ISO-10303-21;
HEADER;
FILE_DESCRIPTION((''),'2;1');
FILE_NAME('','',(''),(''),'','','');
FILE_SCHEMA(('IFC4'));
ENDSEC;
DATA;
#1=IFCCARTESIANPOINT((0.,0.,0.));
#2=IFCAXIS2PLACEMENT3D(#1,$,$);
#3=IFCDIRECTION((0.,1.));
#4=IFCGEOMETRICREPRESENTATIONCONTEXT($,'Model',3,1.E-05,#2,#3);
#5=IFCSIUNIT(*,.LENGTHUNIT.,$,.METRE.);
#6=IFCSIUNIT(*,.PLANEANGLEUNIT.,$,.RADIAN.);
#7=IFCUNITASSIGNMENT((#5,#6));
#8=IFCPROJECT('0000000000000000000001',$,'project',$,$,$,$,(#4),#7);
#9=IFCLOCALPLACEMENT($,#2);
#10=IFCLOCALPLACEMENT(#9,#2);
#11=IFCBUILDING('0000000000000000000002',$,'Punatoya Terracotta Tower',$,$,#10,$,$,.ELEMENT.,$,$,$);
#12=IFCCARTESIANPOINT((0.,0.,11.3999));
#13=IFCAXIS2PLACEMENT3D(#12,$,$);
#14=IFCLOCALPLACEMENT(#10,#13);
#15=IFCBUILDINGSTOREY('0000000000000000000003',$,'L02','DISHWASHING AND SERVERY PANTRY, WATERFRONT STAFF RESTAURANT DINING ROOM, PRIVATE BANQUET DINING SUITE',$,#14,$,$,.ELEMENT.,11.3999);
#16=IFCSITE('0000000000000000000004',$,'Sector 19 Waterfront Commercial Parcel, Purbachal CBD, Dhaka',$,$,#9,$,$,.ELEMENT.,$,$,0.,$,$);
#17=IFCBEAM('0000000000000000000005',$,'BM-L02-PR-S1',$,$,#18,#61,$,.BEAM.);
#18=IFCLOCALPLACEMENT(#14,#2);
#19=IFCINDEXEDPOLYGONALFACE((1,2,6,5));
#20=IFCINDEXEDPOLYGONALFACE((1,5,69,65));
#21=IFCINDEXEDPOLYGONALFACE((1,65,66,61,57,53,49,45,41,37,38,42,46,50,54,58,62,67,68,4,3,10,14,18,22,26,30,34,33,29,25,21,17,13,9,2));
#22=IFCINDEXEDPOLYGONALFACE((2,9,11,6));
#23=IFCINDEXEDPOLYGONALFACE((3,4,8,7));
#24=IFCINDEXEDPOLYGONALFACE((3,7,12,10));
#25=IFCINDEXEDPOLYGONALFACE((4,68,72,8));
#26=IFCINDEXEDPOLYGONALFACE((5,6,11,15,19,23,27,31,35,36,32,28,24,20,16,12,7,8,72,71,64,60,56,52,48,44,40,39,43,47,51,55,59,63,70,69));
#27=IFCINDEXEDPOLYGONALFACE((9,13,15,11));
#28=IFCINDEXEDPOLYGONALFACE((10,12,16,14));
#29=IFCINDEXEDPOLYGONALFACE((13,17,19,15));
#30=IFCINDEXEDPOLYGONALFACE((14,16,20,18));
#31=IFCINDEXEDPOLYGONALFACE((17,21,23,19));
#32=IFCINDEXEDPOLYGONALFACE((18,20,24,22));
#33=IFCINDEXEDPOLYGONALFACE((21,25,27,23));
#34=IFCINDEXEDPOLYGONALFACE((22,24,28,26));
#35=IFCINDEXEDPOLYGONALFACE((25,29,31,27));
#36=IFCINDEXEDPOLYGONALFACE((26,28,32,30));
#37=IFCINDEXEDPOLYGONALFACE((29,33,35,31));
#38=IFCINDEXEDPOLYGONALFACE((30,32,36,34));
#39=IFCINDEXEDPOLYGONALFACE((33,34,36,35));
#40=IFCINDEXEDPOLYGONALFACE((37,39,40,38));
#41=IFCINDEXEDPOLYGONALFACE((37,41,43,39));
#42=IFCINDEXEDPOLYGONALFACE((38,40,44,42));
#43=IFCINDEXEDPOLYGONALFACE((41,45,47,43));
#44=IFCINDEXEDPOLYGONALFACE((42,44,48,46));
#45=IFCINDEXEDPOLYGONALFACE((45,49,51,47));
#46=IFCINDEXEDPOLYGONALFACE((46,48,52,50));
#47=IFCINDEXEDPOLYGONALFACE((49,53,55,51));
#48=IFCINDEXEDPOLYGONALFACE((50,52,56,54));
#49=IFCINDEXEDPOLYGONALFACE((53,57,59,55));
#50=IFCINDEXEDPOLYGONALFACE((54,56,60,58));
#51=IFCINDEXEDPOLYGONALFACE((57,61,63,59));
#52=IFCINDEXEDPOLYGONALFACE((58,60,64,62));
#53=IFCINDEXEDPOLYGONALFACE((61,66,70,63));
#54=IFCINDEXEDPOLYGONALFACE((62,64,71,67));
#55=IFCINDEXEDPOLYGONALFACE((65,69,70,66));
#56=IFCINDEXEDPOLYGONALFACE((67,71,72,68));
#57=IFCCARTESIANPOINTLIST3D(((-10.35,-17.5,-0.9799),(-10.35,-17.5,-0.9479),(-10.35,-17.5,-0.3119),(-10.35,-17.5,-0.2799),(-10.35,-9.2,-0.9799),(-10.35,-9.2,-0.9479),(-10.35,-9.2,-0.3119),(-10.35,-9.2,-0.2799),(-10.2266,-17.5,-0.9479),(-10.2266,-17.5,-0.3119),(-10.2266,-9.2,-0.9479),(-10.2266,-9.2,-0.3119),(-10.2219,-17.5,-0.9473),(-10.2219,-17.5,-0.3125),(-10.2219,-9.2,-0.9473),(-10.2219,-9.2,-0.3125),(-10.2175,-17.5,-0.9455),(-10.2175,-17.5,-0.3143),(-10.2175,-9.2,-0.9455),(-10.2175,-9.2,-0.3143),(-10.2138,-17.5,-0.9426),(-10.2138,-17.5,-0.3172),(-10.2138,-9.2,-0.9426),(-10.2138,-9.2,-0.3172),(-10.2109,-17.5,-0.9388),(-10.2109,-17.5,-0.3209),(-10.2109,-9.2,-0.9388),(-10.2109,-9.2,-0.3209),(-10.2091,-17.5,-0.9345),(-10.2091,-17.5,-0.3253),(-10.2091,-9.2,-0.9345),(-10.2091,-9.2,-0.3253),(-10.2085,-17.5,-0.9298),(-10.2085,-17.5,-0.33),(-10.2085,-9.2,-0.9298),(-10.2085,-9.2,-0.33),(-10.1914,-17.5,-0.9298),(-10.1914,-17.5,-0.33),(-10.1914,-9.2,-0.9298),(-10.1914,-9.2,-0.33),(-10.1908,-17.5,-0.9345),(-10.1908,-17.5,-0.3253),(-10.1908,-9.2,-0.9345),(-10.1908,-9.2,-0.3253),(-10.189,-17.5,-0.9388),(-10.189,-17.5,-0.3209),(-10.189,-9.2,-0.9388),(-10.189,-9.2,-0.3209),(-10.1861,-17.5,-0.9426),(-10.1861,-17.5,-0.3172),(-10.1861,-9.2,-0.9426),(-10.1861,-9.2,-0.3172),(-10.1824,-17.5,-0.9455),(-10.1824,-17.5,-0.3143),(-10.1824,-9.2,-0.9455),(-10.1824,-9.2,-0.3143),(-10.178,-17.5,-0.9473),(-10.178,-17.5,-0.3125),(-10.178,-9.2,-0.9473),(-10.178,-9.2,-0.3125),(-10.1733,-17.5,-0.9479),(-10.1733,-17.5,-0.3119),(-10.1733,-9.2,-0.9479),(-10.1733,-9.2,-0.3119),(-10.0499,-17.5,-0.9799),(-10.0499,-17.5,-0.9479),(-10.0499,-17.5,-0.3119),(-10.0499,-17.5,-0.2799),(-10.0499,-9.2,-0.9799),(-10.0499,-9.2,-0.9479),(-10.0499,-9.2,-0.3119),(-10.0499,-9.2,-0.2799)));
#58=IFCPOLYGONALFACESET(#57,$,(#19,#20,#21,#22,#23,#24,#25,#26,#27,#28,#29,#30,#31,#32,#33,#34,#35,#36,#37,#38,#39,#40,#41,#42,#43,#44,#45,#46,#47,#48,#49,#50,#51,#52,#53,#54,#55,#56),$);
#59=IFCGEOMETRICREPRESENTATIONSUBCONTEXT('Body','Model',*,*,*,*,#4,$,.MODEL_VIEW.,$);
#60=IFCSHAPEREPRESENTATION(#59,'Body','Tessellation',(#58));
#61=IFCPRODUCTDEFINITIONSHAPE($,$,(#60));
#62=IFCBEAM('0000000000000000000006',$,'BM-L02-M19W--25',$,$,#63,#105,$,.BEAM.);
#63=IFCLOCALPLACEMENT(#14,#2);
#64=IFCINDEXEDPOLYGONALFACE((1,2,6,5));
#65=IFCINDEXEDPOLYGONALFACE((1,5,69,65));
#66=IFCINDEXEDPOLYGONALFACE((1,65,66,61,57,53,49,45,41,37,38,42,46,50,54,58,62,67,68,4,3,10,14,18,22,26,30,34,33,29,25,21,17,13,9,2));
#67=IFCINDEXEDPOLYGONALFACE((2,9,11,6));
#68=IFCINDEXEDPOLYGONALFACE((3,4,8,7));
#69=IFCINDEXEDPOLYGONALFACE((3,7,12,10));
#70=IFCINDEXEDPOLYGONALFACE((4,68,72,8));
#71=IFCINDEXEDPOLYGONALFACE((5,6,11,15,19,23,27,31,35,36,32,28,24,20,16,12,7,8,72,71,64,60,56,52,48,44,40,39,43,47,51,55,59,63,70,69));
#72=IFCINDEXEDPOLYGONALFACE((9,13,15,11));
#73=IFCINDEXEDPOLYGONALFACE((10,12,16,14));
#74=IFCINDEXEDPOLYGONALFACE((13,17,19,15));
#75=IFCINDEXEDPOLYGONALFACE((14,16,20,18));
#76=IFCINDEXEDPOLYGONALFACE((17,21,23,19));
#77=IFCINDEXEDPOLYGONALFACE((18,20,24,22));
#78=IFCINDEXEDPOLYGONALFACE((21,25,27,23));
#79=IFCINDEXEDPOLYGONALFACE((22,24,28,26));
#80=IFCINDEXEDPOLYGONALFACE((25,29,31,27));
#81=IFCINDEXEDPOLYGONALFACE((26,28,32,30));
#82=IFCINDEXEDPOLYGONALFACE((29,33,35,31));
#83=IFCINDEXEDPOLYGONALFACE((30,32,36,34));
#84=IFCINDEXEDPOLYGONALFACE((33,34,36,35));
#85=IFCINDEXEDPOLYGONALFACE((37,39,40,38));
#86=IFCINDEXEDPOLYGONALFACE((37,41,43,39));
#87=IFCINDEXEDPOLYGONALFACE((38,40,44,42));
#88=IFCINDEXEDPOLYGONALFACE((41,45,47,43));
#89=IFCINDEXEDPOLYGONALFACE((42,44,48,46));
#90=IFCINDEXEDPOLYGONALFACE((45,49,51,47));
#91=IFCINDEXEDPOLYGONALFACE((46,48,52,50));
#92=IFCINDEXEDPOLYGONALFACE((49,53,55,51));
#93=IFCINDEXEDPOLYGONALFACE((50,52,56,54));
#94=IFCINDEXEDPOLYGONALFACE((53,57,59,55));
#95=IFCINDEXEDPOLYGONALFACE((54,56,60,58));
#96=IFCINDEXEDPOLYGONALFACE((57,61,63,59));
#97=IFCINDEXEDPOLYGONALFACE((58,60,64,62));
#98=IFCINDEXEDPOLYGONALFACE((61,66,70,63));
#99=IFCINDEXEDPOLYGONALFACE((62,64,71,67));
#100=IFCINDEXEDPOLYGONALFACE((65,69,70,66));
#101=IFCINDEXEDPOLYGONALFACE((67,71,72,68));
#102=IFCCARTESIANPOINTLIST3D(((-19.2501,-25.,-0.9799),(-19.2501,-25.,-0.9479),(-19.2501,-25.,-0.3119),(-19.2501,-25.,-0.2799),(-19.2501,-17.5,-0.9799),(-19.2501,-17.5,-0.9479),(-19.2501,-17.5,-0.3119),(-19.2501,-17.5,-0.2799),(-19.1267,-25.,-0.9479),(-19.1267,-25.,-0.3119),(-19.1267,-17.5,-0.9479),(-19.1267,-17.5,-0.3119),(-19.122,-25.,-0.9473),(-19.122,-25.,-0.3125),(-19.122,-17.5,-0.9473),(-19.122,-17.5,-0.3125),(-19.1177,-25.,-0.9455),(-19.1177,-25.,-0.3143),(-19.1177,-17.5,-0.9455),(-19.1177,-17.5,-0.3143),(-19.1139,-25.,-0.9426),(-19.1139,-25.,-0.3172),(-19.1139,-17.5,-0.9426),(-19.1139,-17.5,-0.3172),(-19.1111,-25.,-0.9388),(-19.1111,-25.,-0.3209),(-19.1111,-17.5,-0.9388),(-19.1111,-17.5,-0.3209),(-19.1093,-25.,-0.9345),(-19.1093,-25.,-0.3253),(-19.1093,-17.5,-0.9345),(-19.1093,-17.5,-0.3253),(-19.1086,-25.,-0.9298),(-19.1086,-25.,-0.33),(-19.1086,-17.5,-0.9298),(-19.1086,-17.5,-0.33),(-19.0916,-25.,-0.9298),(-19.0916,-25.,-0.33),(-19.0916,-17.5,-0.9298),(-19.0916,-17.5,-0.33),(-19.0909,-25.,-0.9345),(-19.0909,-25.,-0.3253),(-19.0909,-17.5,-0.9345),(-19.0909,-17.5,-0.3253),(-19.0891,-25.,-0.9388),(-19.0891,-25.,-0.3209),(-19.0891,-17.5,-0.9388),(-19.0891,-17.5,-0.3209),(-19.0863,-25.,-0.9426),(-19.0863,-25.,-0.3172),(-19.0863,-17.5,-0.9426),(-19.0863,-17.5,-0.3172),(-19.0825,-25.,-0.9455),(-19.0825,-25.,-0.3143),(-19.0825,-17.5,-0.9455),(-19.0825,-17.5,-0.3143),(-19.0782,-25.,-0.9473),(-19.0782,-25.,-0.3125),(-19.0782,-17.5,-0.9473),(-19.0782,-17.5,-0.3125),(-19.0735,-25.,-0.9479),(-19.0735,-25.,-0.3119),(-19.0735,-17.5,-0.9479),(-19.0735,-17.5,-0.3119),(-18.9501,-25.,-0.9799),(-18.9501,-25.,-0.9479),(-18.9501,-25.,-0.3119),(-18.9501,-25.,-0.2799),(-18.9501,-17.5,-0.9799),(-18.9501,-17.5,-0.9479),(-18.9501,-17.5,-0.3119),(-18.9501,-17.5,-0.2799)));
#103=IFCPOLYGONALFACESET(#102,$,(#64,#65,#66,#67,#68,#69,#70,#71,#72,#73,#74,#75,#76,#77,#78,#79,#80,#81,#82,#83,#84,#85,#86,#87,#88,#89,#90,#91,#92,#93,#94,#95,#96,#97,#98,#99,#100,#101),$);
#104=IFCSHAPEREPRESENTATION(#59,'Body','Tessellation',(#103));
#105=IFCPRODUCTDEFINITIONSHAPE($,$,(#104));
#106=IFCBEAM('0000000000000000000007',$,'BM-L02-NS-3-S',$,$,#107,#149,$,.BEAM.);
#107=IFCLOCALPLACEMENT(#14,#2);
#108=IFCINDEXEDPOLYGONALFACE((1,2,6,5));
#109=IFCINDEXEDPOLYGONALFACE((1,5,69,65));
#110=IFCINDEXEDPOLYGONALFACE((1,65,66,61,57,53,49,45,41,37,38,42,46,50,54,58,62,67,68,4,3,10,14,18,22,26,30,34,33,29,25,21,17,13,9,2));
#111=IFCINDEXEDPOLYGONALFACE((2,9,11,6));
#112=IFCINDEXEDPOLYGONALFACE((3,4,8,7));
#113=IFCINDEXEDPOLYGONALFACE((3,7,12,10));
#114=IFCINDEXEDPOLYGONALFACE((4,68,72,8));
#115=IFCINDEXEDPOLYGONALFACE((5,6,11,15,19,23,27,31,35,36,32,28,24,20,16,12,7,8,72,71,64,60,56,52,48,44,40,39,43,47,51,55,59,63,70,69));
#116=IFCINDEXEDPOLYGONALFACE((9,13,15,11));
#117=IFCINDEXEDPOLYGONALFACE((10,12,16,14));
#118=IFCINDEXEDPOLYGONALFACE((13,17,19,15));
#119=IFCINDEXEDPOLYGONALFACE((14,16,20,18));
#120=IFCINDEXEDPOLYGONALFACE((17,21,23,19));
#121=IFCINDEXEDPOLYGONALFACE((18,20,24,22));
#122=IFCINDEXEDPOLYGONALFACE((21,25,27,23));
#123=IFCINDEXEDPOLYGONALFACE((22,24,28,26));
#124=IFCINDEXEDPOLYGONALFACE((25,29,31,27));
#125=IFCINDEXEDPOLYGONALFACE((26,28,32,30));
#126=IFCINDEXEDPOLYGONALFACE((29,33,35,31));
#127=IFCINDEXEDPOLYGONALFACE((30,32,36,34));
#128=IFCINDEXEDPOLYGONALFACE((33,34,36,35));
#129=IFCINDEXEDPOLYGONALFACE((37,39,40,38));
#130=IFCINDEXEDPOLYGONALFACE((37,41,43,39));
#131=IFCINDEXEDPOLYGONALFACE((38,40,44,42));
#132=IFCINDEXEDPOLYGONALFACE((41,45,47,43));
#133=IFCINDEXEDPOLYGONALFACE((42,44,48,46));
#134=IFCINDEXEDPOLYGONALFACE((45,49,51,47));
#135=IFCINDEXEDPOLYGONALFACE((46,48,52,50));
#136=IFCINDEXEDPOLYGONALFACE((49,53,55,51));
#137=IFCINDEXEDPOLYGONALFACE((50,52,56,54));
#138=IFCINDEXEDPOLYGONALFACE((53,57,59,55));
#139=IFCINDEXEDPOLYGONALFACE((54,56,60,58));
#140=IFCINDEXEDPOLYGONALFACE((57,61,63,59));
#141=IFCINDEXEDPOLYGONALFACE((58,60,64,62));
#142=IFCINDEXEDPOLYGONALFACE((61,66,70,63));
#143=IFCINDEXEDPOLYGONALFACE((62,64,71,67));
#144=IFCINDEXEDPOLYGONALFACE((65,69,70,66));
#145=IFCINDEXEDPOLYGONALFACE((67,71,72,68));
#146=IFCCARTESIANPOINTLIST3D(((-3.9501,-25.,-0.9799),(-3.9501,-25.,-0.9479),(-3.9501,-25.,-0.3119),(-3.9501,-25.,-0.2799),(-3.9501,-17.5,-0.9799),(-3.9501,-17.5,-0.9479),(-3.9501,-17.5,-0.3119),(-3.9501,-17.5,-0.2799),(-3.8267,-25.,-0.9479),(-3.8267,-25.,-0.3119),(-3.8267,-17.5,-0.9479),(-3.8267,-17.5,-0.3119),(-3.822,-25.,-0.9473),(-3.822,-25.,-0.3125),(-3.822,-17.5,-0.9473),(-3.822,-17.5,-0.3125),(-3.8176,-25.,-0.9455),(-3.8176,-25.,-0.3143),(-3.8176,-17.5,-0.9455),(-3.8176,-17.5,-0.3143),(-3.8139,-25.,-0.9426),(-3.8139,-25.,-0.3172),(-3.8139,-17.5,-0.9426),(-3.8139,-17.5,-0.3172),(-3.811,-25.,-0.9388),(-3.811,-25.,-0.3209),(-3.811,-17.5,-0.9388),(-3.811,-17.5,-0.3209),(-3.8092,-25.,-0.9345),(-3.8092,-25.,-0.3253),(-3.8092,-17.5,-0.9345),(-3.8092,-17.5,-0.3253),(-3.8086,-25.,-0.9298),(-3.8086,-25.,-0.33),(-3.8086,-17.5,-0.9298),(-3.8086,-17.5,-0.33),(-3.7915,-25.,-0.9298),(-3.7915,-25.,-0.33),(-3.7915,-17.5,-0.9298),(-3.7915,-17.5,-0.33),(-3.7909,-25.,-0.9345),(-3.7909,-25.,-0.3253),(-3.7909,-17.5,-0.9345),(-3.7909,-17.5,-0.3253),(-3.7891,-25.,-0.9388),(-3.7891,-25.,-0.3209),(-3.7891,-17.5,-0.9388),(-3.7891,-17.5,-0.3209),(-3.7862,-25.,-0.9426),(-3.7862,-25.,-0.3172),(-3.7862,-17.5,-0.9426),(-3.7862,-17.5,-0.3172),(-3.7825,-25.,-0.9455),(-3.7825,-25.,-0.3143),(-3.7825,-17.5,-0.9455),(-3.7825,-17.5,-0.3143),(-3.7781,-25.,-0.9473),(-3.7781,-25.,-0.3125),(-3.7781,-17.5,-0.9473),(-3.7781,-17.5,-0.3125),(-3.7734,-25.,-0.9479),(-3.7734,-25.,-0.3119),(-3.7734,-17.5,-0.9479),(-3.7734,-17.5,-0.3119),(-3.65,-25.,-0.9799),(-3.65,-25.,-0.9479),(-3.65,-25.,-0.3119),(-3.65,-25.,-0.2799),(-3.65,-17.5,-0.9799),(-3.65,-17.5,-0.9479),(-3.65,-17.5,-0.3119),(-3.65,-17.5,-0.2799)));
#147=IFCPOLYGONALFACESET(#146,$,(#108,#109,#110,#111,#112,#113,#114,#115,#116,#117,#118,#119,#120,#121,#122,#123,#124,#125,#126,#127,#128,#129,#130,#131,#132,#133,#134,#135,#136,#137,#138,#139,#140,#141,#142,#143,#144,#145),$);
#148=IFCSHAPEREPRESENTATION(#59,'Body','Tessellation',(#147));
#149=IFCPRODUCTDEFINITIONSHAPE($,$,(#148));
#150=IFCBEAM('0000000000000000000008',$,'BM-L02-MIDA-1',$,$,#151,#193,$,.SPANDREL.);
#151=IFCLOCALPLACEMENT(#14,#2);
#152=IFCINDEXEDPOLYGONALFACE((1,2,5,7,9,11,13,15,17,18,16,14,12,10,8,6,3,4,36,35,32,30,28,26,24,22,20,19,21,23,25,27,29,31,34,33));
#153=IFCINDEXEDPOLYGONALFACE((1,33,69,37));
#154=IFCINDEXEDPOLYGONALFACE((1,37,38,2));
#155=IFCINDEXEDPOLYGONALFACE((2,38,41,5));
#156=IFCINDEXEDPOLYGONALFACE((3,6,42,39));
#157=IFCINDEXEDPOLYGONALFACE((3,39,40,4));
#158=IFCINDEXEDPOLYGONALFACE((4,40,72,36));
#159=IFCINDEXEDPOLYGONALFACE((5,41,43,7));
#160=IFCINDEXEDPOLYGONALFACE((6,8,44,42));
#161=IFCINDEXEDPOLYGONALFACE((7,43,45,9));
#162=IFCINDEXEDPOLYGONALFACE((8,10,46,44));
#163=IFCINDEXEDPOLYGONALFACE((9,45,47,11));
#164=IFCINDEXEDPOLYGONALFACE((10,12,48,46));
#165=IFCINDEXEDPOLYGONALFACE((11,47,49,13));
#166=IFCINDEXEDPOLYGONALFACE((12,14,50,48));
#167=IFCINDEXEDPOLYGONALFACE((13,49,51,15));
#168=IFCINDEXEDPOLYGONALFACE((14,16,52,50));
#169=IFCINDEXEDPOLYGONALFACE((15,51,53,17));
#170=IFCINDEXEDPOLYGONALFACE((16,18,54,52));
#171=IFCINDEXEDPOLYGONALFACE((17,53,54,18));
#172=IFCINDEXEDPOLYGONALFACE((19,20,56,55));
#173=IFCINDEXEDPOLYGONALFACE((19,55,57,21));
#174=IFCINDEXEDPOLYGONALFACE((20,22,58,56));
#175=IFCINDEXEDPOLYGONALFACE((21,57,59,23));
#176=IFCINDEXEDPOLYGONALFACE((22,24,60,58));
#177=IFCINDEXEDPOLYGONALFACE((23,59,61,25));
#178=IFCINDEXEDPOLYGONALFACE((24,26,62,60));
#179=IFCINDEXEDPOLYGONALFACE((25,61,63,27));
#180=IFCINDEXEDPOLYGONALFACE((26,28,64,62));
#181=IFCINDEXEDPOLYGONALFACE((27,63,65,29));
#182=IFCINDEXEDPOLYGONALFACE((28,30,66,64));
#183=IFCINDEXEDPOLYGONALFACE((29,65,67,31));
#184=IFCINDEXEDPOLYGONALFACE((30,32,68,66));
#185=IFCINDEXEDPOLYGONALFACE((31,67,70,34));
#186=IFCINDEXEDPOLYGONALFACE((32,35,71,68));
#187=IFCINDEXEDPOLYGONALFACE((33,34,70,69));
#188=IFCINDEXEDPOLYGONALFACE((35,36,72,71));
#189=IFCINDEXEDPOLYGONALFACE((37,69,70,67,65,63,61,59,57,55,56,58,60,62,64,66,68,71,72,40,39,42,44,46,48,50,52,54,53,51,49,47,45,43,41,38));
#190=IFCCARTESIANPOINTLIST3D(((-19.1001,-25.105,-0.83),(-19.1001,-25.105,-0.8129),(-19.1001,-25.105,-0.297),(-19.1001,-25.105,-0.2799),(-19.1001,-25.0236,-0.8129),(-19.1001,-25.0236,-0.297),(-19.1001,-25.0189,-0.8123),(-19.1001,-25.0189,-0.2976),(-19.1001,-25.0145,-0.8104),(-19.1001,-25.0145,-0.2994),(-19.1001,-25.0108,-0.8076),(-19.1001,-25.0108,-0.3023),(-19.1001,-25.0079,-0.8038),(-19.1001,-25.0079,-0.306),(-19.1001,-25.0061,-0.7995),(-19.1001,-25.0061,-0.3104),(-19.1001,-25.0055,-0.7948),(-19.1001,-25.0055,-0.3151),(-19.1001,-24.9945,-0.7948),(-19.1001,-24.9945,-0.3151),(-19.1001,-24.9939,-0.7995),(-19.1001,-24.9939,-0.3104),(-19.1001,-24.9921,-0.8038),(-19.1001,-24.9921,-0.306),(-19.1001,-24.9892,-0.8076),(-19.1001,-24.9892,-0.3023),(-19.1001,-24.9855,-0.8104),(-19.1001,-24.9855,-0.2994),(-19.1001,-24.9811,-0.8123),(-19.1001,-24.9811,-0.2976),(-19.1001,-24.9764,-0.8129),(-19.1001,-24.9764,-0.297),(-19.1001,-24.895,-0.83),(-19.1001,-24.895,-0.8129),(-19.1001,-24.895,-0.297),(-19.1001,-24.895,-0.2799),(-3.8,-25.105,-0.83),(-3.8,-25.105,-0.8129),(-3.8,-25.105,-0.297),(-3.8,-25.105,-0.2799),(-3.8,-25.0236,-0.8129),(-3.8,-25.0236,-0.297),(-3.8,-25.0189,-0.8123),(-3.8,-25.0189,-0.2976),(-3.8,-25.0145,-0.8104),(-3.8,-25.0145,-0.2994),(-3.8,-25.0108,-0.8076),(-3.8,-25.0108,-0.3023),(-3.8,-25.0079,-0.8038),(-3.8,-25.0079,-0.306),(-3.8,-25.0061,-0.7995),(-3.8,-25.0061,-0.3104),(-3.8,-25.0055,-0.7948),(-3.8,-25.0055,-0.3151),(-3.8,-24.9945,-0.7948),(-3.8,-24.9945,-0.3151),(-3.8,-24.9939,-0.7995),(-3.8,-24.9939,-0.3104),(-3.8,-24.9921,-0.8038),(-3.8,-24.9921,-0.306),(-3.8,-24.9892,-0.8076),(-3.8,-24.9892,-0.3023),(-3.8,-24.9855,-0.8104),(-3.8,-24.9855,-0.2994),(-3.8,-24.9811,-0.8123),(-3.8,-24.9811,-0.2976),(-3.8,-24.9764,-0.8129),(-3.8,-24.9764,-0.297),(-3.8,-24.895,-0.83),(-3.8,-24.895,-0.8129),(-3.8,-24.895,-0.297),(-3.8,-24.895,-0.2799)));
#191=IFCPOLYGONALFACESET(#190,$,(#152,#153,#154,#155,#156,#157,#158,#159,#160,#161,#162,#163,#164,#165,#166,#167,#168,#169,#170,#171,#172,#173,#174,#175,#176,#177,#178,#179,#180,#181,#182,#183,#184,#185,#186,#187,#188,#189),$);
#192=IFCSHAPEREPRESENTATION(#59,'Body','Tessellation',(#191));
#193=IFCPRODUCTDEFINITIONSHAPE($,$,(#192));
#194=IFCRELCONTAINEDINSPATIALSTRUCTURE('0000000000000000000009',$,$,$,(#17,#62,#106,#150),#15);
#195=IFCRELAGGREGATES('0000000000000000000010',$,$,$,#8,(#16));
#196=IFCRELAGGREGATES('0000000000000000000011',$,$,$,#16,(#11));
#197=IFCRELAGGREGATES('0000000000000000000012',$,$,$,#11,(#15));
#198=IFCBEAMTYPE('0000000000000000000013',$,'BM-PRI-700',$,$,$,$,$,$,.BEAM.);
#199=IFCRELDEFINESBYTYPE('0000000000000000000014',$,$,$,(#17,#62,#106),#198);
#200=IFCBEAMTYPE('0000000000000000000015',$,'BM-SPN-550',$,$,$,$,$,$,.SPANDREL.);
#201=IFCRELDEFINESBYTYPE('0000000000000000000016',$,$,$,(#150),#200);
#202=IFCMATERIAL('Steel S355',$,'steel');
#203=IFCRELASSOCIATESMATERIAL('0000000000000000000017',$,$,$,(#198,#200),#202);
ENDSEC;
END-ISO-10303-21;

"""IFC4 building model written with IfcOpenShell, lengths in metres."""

from ifc_helpers import new_model, si_unit, direction, frame, origin, origin_2d, place, context, subcontext, project, spatial, i_section, extrude, material, material_profile, profile_set, type_object, element, save


model = new_model("IFC4")

# Units and contexts
model_context = context("Model", 3, precision=1e-05, world=origin(), true_north=direction((0.0, 1.0)))
body_context = subcontext(model_context, "Body", "Model", "MODEL_VIEW")
ifc_project = project(units=[si_unit("LENGTHUNIT", "METRE"), si_unit("PLANEANGLEUNIT", "RADIAN")], contexts=[model_context])

# Site, building, storey
site_placement = place(None, origin())
site = spatial("IfcSite", under=ifc_project, at=site_placement, Name="Sector 19 Waterfront Commercial Parcel, Purbachal CBD, Dhaka", CompositionType="ELEMENT", RefElevation=0.0)
building_placement = place(site_placement, origin())
building = spatial("IfcBuilding", under=site, at=building_placement, Name="Punatoya Terracotta Tower", CompositionType="ELEMENT")
storey_placement = place(building_placement, frame((0.0, 0.0, 11.3999)))
storey = spatial("IfcBuildingStorey", under=building, at=storey_placement, Name="L02", Description="DISHWASHING AND SERVERY PANTRY, WATERFRONT STAFF RESTAURANT DINING ROOM, PRIVATE BANQUET DINING SUITE", CompositionType="ELEMENT", Elevation=11.3999)

# Beams
ifc_material_1 = material(Name="Steel S355", Category="steel")
ifc_material_profile_1 = material_profile(ifc_material_1, i_section(OverallWidth=0.3, OverallDepth=0.7, WebThickness=0.0171, FlangeThickness=0.032, FilletRadius=0.0181, at=origin_2d()))
ifc_profile_set_1 = profile_set([ifc_material_profile_1], Name="Steel S355")
beam_type_1 = type_object("IfcBeamType", Name="BM-PRI-700", PredefinedType="BEAM", material=ifc_profile_set_1)
beam_1_placement = place(storey_placement, frame((-10.2, -17.5, -0.6299), z_axis=(0.0, 1.0, 0.0), x_axis=(-1.0, 0.0, 0.0)))
element("IfcBeam", 1, at=beam_1_placement, inside=storey, type_object=beam_type_1, Name="BM-L02-PR-S1", PredefinedType="BEAM", context=body_context, shape_type="SweptSolid", body=[
    extrude(i_section(OverallWidth=0.3, OverallDepth=0.7, WebThickness=0.0171, FlangeThickness=0.032, FilletRadius=0.0181, at=origin_2d()), origin(), (0.0, 0.0, 1.0), 8.3),
])
for number, where, z_axis, x_axis, name in (
    (2, (-19.1001, -25.0, -0.6299), (0.0, 1.0, 0.0), (-1.0, 0.0, 0.0), "BM-L02-M19W--25"),
    (3, (-3.8, -25.0, -0.6299), (0.0, 1.0, 0.0), (-1.0, 0.0, 0.0), "BM-L02-NS-3-S"),
):
    element("IfcBeam", number, at=place(storey_placement, frame(where, z_axis=z_axis, x_axis=x_axis)), inside=storey, type_object=beam_type_1, Name=name, PredefinedType="BEAM", context=body_context, shape_type="SweptSolid", body=[
        extrude(i_section(OverallWidth=0.3, OverallDepth=0.7, WebThickness=0.0171, FlangeThickness=0.032, FilletRadius=0.0181, at=origin_2d()), origin(), (0.0, 0.0, 1.0), 7.5),
    ])
ifc_material_profile_2 = material_profile(ifc_material_1, i_section(OverallWidth=0.21, OverallDepth=0.55, WebThickness=0.011, FlangeThickness=0.0171, FilletRadius=0.0181, at=origin_2d()))
ifc_profile_set_2 = profile_set([ifc_material_profile_2], Name="Steel S355")
beam_type_2 = type_object("IfcBeamType", Name="BM-SPN-550", PredefinedType="SPANDREL", material=ifc_profile_set_2)
beam_2_placement = place(storey_placement, frame((-19.1001, -25.0, -0.5549), z_axis=(1.0, 0.0, 0.0), x_axis=(0.0, 1.0, 0.0)))
element("IfcBeam", 4, at=beam_2_placement, inside=storey, type_object=beam_type_2, Name="BM-L02-MIDA-1", PredefinedType="SPANDREL", context=body_context, shape_type="SweptSolid", body=[
    extrude(i_section(OverallWidth=0.21, OverallDepth=0.55, WebThickness=0.011, FlangeThickness=0.0171, FilletRadius=0.0181, at=origin_2d()), origin(), (0.0, 0.0, 1.0), 15.3),
])

save(model, "model.ifc")
